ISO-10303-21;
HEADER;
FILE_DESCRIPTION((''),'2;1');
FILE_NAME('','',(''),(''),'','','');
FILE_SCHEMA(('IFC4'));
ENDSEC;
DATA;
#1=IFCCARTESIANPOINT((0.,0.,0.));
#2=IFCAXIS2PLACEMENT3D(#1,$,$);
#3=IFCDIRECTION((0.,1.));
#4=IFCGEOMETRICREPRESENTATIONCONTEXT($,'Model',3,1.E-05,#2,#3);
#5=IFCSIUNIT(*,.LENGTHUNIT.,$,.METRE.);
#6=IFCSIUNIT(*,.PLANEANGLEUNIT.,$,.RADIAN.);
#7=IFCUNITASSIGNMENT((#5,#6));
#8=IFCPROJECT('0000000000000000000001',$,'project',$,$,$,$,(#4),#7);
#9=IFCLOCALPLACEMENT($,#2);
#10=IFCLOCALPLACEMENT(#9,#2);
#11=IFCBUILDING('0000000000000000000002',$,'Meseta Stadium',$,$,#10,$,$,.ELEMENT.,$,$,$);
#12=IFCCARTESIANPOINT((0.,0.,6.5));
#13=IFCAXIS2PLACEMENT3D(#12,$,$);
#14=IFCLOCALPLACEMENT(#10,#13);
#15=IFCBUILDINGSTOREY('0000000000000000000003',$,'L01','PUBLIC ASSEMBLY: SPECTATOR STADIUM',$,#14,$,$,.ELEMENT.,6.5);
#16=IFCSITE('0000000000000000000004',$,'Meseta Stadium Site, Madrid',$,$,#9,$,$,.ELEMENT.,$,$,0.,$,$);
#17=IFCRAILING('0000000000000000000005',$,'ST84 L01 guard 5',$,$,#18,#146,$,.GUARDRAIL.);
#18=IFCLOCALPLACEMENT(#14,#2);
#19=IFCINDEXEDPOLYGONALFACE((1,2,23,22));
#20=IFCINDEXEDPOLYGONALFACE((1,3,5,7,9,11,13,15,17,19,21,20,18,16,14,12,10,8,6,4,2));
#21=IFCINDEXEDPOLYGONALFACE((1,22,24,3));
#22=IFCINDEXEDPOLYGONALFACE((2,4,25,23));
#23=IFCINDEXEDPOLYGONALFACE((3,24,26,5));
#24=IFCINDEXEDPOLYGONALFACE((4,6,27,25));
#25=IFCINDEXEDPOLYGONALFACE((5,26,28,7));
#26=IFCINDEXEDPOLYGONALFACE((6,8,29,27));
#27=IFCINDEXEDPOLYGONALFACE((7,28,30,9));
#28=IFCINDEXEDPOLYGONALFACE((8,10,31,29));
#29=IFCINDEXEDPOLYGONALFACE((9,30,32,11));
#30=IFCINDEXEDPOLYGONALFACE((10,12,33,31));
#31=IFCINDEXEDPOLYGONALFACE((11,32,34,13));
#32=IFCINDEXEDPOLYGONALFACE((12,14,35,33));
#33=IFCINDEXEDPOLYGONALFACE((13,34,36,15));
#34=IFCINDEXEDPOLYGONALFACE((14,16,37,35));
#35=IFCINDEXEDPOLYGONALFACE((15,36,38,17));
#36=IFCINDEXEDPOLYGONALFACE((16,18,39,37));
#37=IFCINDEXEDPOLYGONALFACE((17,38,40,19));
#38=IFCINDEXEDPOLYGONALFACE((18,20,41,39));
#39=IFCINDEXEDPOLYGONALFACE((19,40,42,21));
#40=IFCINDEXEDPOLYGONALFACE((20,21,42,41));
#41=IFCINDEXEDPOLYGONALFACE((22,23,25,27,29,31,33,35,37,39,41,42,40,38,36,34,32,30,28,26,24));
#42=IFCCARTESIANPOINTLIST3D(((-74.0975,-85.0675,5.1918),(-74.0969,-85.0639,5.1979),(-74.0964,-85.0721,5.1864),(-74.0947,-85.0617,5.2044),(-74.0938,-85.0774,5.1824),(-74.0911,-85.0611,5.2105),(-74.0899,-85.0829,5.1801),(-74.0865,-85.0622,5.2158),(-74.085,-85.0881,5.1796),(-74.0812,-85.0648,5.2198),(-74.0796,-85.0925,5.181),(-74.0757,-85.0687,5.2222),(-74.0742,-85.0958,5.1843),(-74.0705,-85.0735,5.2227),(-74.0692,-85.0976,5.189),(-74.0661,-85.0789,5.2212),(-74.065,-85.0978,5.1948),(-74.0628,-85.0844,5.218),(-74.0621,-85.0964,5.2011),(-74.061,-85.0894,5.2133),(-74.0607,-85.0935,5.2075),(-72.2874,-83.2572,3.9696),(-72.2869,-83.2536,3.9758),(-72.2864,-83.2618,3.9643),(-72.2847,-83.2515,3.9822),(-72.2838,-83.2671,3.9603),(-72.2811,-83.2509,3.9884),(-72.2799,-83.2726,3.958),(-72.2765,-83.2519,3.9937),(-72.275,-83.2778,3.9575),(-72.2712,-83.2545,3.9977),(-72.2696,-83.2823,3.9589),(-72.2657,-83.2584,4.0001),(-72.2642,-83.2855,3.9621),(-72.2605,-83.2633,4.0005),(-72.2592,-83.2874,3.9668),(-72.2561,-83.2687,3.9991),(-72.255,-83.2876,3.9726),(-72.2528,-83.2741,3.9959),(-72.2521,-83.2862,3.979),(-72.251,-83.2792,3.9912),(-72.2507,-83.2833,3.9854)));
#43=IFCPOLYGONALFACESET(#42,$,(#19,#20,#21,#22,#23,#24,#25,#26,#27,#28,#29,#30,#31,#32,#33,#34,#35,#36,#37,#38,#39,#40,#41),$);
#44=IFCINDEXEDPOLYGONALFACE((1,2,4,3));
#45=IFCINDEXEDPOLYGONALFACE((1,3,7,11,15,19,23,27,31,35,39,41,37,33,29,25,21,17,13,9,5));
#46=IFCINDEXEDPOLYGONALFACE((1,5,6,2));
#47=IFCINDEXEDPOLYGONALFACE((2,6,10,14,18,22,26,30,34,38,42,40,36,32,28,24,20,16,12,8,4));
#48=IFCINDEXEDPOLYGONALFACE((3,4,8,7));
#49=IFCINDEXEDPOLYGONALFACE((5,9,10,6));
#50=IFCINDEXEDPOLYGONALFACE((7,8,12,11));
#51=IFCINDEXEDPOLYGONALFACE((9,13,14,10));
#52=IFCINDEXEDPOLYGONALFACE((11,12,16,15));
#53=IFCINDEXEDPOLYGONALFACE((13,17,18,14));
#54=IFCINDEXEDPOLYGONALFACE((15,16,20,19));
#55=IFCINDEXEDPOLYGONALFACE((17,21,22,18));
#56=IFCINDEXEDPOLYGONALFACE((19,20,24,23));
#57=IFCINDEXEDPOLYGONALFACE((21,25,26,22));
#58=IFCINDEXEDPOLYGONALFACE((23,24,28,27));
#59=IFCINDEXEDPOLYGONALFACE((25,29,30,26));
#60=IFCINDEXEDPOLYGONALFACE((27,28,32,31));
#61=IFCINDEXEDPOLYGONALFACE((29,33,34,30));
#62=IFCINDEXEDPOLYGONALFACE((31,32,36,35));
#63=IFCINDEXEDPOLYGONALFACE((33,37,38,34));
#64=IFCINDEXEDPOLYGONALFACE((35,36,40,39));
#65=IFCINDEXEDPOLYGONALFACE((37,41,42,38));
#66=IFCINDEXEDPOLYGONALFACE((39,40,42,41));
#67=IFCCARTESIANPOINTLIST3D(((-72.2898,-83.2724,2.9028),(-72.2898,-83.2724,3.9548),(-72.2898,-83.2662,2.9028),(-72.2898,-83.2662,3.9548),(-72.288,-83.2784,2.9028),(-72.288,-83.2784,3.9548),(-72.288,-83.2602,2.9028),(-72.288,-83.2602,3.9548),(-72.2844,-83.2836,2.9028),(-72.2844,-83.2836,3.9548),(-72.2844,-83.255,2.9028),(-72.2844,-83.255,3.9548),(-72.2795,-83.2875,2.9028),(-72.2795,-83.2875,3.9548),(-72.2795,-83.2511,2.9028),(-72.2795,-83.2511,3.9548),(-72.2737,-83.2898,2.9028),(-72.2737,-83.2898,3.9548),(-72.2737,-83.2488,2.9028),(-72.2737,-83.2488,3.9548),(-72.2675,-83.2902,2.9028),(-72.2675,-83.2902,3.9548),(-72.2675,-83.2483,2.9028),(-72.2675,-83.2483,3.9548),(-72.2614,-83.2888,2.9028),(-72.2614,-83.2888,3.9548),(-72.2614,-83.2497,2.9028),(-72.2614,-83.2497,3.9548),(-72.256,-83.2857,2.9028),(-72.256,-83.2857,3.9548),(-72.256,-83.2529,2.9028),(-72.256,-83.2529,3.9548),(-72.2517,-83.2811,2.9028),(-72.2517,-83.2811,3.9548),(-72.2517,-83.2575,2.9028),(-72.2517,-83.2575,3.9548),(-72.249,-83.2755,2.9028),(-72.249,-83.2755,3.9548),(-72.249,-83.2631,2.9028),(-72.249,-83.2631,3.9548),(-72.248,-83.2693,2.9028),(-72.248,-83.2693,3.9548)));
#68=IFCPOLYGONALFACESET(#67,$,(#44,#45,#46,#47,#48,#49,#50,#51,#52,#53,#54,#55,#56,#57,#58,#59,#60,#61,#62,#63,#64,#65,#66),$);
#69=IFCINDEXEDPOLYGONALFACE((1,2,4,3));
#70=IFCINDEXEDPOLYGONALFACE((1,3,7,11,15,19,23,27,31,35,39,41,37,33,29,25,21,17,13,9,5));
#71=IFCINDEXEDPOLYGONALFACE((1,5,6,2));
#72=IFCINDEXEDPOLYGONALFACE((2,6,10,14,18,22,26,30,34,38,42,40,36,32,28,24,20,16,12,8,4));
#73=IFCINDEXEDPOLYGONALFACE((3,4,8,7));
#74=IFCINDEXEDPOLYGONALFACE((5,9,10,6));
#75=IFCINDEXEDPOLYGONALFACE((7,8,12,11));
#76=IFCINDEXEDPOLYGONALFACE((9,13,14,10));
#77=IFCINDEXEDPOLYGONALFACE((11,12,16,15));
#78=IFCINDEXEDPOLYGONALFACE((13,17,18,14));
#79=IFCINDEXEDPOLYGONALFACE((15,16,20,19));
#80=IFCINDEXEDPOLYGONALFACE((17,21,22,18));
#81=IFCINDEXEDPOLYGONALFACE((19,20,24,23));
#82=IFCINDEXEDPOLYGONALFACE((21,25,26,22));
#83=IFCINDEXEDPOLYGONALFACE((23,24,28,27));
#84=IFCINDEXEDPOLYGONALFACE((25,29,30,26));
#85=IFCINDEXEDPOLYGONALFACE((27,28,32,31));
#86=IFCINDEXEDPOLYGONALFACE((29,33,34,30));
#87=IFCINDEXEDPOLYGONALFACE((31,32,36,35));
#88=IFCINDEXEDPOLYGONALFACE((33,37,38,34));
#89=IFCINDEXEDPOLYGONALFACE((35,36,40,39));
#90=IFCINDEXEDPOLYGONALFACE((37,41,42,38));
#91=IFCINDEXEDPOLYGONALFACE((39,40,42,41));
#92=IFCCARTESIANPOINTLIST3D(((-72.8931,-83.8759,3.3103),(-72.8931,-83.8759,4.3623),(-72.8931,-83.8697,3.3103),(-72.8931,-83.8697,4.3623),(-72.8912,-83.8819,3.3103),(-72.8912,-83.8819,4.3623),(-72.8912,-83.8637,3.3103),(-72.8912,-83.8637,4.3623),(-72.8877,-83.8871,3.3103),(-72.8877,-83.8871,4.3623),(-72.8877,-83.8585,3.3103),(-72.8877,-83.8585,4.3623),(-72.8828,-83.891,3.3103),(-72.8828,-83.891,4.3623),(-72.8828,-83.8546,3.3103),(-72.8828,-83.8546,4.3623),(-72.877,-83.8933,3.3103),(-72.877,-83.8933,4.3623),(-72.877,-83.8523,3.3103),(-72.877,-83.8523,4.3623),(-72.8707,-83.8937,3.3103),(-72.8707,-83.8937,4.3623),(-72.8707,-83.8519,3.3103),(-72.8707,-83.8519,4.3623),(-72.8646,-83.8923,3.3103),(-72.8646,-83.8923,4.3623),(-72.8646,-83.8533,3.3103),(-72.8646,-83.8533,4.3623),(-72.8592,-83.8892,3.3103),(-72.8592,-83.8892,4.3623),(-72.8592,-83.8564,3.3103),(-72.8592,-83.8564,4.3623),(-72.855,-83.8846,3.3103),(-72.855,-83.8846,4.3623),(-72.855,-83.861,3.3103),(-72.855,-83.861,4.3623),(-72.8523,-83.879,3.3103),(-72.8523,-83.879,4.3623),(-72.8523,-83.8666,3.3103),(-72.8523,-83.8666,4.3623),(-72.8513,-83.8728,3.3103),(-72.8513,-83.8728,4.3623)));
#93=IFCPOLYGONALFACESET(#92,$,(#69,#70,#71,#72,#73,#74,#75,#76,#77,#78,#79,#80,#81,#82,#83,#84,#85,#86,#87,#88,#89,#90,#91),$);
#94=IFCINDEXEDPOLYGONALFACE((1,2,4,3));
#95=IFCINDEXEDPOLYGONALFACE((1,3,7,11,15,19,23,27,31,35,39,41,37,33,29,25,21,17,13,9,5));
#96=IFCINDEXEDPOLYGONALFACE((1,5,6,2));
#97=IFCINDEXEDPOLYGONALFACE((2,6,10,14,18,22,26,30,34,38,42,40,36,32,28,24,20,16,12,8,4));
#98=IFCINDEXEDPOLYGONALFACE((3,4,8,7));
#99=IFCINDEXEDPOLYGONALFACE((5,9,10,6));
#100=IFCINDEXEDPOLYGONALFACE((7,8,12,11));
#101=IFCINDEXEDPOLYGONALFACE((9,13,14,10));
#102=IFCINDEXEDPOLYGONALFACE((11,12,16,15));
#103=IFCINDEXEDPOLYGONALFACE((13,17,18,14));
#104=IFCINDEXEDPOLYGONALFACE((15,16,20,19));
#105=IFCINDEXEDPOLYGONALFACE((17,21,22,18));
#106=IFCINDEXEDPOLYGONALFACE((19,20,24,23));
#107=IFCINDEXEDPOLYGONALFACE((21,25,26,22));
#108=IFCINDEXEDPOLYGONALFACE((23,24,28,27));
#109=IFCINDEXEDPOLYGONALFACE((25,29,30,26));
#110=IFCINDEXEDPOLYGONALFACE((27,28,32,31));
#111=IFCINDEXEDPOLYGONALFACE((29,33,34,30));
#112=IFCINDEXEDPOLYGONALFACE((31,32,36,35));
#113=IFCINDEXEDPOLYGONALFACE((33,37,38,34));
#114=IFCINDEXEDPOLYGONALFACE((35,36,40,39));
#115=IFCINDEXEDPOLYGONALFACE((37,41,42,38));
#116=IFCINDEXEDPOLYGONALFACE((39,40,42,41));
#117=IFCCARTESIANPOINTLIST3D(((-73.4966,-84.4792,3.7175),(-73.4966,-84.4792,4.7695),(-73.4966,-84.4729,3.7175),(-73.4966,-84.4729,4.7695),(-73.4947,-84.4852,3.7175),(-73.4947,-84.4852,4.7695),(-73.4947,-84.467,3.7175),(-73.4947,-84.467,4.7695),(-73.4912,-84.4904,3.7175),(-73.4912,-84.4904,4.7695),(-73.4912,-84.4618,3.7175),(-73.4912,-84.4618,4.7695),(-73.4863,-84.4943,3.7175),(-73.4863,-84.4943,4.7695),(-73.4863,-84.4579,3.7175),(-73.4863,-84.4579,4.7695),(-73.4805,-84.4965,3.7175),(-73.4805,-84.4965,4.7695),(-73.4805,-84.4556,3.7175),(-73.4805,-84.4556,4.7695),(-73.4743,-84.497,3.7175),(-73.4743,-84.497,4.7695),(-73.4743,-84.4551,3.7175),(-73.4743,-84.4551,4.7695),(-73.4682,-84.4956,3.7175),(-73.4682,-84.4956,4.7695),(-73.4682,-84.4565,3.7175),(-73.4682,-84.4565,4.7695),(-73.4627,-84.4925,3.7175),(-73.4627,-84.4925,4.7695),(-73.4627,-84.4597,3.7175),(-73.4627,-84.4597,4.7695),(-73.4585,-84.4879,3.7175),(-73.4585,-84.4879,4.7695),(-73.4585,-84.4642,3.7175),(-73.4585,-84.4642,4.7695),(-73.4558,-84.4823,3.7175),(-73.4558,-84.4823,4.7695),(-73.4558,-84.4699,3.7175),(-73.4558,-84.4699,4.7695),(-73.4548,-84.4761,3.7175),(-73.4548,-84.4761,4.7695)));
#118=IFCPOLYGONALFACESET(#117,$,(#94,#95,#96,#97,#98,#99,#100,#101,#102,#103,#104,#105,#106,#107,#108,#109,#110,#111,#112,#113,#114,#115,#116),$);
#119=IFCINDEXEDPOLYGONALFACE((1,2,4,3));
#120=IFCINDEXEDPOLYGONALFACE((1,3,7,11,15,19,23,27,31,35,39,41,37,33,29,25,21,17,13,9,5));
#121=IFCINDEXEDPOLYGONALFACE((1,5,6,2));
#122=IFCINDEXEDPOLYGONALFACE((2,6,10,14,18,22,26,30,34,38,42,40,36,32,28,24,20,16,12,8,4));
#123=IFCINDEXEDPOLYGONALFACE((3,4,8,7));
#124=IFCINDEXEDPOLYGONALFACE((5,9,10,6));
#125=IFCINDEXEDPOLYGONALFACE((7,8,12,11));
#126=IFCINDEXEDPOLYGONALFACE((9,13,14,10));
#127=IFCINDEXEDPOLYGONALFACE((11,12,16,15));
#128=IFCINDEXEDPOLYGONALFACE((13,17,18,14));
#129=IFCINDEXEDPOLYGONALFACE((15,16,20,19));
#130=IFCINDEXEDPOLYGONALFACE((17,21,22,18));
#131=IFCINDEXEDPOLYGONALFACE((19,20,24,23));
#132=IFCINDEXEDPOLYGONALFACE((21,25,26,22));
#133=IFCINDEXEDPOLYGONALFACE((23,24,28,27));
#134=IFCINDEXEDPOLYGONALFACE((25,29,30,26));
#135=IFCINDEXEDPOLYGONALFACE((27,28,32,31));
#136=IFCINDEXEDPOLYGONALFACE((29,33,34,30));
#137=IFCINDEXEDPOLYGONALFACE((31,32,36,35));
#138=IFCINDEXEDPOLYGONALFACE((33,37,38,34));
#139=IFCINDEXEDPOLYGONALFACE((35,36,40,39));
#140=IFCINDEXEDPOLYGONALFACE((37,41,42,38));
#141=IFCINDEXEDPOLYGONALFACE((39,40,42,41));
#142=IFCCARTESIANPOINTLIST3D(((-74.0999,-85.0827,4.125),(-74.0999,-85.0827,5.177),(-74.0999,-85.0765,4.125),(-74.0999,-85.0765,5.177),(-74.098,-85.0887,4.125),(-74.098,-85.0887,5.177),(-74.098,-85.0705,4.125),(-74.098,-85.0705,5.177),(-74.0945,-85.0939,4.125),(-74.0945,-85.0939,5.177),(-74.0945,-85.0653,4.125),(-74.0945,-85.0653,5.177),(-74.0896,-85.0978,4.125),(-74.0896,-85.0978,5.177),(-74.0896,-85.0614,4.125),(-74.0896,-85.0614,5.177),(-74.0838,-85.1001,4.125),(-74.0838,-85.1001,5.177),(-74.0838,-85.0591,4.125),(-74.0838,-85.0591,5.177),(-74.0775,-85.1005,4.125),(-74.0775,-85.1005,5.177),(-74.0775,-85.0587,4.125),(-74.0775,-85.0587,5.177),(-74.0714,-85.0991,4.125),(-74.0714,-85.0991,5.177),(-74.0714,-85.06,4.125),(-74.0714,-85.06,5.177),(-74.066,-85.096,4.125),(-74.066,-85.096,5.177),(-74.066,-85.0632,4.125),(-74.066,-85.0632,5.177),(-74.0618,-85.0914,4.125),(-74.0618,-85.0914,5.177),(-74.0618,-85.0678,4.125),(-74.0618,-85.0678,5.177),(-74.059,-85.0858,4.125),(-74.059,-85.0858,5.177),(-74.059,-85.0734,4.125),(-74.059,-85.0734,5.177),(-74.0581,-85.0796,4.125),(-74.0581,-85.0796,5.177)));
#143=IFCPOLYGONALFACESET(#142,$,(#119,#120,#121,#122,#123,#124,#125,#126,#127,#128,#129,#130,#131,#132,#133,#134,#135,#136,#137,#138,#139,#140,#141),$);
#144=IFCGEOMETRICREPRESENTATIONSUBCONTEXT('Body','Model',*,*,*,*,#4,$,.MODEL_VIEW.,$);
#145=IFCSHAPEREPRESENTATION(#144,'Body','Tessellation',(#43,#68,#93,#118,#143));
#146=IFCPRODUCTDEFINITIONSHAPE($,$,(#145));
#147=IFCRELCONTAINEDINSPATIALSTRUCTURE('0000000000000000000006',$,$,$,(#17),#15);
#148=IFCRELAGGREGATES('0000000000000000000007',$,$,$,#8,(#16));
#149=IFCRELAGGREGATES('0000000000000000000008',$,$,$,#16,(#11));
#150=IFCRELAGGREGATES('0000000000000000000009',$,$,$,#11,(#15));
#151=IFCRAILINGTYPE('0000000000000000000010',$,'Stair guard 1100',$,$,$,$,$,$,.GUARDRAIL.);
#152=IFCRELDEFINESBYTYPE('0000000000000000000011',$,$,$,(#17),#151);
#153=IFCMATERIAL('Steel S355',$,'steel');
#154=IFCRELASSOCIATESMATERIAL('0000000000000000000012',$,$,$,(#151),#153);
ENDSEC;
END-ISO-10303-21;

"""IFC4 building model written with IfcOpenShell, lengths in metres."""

from ifc_helpers import new_model, si_unit, direction, frame, origin, origin_2d, place, context, subcontext, project, spatial, circle, extrude, material, type_object, element, save


model = new_model("IFC4")

# Units and contexts
model_context = context("Model", 3, precision=1e-05, world=origin(), true_north=direction((0.0, 1.0)))
body_context = subcontext(model_context, "Body", "Model", "MODEL_VIEW")
ifc_project = project(units=[si_unit("LENGTHUNIT", "METRE"), si_unit("PLANEANGLEUNIT", "RADIAN")], contexts=[model_context])

# Site, building, storey
site_placement = place(None, origin())
site = spatial("IfcSite", under=ifc_project, at=site_placement, Name="Meseta Stadium Site, Madrid", CompositionType="ELEMENT", RefElevation=0.0)
building_placement = place(site_placement, origin())
building = spatial("IfcBuilding", under=site, at=building_placement, Name="Meseta Stadium", CompositionType="ELEMENT")
storey_placement = place(building_placement, frame((0.0, 0.0, 6.5)))
storey = spatial("IfcBuildingStorey", under=building, at=storey_placement, Name="L01", Description="PUBLIC ASSEMBLY: SPECTATOR STADIUM", CompositionType="ELEMENT", Elevation=6.5)

# Railing
ifc_material_1 = material(Name="Steel S355", Category="steel")
railing_type = type_object("IfcRailingType", Name="Stair guard 1100", PredefinedType="GUARDRAIL", material=ifc_material_1)
railing_1_placement = place(storey_placement, frame((-72.269, -83.2693, 2.9028)))
element("IfcRailing", 1, at=railing_1_placement, inside=storey, type_object=railing_type, Name="ST84 L01 guard 5", PredefinedType="GUARDRAIL", context=body_context, shape_type="SweptSolid", body=[
    extrude(circle(Radius=0.0239, at=origin_2d()), frame((0.0, 0.0, 1.0762), z_axis=(-0.638073, -0.638159, 0.430832), x_axis=(0.707154, -0.707059, 0.0)), (0.0, 0.0, 1.0), 2.8367),
    extrude(circle(Radius=0.021, at=origin_2d()), origin(), (0.0, 0.0, 1.0), 1.052),
    extrude(circle(Radius=0.021, at=origin_2d()), frame((-0.6033, -0.6035, 0.4075)), (0.0, 0.0, 1.0), 1.052),
    extrude(circle(Radius=0.021, at=origin_2d()), frame((-1.2068, -1.2068, 0.8147)), (0.0, 0.0, 1.0), 1.052),
    extrude(circle(Radius=0.021, at=origin_2d()), frame((-1.8101, -1.8103, 1.2222)), (0.0, 0.0, 1.0), 1.052),
])

save(model, "model.ifc")
